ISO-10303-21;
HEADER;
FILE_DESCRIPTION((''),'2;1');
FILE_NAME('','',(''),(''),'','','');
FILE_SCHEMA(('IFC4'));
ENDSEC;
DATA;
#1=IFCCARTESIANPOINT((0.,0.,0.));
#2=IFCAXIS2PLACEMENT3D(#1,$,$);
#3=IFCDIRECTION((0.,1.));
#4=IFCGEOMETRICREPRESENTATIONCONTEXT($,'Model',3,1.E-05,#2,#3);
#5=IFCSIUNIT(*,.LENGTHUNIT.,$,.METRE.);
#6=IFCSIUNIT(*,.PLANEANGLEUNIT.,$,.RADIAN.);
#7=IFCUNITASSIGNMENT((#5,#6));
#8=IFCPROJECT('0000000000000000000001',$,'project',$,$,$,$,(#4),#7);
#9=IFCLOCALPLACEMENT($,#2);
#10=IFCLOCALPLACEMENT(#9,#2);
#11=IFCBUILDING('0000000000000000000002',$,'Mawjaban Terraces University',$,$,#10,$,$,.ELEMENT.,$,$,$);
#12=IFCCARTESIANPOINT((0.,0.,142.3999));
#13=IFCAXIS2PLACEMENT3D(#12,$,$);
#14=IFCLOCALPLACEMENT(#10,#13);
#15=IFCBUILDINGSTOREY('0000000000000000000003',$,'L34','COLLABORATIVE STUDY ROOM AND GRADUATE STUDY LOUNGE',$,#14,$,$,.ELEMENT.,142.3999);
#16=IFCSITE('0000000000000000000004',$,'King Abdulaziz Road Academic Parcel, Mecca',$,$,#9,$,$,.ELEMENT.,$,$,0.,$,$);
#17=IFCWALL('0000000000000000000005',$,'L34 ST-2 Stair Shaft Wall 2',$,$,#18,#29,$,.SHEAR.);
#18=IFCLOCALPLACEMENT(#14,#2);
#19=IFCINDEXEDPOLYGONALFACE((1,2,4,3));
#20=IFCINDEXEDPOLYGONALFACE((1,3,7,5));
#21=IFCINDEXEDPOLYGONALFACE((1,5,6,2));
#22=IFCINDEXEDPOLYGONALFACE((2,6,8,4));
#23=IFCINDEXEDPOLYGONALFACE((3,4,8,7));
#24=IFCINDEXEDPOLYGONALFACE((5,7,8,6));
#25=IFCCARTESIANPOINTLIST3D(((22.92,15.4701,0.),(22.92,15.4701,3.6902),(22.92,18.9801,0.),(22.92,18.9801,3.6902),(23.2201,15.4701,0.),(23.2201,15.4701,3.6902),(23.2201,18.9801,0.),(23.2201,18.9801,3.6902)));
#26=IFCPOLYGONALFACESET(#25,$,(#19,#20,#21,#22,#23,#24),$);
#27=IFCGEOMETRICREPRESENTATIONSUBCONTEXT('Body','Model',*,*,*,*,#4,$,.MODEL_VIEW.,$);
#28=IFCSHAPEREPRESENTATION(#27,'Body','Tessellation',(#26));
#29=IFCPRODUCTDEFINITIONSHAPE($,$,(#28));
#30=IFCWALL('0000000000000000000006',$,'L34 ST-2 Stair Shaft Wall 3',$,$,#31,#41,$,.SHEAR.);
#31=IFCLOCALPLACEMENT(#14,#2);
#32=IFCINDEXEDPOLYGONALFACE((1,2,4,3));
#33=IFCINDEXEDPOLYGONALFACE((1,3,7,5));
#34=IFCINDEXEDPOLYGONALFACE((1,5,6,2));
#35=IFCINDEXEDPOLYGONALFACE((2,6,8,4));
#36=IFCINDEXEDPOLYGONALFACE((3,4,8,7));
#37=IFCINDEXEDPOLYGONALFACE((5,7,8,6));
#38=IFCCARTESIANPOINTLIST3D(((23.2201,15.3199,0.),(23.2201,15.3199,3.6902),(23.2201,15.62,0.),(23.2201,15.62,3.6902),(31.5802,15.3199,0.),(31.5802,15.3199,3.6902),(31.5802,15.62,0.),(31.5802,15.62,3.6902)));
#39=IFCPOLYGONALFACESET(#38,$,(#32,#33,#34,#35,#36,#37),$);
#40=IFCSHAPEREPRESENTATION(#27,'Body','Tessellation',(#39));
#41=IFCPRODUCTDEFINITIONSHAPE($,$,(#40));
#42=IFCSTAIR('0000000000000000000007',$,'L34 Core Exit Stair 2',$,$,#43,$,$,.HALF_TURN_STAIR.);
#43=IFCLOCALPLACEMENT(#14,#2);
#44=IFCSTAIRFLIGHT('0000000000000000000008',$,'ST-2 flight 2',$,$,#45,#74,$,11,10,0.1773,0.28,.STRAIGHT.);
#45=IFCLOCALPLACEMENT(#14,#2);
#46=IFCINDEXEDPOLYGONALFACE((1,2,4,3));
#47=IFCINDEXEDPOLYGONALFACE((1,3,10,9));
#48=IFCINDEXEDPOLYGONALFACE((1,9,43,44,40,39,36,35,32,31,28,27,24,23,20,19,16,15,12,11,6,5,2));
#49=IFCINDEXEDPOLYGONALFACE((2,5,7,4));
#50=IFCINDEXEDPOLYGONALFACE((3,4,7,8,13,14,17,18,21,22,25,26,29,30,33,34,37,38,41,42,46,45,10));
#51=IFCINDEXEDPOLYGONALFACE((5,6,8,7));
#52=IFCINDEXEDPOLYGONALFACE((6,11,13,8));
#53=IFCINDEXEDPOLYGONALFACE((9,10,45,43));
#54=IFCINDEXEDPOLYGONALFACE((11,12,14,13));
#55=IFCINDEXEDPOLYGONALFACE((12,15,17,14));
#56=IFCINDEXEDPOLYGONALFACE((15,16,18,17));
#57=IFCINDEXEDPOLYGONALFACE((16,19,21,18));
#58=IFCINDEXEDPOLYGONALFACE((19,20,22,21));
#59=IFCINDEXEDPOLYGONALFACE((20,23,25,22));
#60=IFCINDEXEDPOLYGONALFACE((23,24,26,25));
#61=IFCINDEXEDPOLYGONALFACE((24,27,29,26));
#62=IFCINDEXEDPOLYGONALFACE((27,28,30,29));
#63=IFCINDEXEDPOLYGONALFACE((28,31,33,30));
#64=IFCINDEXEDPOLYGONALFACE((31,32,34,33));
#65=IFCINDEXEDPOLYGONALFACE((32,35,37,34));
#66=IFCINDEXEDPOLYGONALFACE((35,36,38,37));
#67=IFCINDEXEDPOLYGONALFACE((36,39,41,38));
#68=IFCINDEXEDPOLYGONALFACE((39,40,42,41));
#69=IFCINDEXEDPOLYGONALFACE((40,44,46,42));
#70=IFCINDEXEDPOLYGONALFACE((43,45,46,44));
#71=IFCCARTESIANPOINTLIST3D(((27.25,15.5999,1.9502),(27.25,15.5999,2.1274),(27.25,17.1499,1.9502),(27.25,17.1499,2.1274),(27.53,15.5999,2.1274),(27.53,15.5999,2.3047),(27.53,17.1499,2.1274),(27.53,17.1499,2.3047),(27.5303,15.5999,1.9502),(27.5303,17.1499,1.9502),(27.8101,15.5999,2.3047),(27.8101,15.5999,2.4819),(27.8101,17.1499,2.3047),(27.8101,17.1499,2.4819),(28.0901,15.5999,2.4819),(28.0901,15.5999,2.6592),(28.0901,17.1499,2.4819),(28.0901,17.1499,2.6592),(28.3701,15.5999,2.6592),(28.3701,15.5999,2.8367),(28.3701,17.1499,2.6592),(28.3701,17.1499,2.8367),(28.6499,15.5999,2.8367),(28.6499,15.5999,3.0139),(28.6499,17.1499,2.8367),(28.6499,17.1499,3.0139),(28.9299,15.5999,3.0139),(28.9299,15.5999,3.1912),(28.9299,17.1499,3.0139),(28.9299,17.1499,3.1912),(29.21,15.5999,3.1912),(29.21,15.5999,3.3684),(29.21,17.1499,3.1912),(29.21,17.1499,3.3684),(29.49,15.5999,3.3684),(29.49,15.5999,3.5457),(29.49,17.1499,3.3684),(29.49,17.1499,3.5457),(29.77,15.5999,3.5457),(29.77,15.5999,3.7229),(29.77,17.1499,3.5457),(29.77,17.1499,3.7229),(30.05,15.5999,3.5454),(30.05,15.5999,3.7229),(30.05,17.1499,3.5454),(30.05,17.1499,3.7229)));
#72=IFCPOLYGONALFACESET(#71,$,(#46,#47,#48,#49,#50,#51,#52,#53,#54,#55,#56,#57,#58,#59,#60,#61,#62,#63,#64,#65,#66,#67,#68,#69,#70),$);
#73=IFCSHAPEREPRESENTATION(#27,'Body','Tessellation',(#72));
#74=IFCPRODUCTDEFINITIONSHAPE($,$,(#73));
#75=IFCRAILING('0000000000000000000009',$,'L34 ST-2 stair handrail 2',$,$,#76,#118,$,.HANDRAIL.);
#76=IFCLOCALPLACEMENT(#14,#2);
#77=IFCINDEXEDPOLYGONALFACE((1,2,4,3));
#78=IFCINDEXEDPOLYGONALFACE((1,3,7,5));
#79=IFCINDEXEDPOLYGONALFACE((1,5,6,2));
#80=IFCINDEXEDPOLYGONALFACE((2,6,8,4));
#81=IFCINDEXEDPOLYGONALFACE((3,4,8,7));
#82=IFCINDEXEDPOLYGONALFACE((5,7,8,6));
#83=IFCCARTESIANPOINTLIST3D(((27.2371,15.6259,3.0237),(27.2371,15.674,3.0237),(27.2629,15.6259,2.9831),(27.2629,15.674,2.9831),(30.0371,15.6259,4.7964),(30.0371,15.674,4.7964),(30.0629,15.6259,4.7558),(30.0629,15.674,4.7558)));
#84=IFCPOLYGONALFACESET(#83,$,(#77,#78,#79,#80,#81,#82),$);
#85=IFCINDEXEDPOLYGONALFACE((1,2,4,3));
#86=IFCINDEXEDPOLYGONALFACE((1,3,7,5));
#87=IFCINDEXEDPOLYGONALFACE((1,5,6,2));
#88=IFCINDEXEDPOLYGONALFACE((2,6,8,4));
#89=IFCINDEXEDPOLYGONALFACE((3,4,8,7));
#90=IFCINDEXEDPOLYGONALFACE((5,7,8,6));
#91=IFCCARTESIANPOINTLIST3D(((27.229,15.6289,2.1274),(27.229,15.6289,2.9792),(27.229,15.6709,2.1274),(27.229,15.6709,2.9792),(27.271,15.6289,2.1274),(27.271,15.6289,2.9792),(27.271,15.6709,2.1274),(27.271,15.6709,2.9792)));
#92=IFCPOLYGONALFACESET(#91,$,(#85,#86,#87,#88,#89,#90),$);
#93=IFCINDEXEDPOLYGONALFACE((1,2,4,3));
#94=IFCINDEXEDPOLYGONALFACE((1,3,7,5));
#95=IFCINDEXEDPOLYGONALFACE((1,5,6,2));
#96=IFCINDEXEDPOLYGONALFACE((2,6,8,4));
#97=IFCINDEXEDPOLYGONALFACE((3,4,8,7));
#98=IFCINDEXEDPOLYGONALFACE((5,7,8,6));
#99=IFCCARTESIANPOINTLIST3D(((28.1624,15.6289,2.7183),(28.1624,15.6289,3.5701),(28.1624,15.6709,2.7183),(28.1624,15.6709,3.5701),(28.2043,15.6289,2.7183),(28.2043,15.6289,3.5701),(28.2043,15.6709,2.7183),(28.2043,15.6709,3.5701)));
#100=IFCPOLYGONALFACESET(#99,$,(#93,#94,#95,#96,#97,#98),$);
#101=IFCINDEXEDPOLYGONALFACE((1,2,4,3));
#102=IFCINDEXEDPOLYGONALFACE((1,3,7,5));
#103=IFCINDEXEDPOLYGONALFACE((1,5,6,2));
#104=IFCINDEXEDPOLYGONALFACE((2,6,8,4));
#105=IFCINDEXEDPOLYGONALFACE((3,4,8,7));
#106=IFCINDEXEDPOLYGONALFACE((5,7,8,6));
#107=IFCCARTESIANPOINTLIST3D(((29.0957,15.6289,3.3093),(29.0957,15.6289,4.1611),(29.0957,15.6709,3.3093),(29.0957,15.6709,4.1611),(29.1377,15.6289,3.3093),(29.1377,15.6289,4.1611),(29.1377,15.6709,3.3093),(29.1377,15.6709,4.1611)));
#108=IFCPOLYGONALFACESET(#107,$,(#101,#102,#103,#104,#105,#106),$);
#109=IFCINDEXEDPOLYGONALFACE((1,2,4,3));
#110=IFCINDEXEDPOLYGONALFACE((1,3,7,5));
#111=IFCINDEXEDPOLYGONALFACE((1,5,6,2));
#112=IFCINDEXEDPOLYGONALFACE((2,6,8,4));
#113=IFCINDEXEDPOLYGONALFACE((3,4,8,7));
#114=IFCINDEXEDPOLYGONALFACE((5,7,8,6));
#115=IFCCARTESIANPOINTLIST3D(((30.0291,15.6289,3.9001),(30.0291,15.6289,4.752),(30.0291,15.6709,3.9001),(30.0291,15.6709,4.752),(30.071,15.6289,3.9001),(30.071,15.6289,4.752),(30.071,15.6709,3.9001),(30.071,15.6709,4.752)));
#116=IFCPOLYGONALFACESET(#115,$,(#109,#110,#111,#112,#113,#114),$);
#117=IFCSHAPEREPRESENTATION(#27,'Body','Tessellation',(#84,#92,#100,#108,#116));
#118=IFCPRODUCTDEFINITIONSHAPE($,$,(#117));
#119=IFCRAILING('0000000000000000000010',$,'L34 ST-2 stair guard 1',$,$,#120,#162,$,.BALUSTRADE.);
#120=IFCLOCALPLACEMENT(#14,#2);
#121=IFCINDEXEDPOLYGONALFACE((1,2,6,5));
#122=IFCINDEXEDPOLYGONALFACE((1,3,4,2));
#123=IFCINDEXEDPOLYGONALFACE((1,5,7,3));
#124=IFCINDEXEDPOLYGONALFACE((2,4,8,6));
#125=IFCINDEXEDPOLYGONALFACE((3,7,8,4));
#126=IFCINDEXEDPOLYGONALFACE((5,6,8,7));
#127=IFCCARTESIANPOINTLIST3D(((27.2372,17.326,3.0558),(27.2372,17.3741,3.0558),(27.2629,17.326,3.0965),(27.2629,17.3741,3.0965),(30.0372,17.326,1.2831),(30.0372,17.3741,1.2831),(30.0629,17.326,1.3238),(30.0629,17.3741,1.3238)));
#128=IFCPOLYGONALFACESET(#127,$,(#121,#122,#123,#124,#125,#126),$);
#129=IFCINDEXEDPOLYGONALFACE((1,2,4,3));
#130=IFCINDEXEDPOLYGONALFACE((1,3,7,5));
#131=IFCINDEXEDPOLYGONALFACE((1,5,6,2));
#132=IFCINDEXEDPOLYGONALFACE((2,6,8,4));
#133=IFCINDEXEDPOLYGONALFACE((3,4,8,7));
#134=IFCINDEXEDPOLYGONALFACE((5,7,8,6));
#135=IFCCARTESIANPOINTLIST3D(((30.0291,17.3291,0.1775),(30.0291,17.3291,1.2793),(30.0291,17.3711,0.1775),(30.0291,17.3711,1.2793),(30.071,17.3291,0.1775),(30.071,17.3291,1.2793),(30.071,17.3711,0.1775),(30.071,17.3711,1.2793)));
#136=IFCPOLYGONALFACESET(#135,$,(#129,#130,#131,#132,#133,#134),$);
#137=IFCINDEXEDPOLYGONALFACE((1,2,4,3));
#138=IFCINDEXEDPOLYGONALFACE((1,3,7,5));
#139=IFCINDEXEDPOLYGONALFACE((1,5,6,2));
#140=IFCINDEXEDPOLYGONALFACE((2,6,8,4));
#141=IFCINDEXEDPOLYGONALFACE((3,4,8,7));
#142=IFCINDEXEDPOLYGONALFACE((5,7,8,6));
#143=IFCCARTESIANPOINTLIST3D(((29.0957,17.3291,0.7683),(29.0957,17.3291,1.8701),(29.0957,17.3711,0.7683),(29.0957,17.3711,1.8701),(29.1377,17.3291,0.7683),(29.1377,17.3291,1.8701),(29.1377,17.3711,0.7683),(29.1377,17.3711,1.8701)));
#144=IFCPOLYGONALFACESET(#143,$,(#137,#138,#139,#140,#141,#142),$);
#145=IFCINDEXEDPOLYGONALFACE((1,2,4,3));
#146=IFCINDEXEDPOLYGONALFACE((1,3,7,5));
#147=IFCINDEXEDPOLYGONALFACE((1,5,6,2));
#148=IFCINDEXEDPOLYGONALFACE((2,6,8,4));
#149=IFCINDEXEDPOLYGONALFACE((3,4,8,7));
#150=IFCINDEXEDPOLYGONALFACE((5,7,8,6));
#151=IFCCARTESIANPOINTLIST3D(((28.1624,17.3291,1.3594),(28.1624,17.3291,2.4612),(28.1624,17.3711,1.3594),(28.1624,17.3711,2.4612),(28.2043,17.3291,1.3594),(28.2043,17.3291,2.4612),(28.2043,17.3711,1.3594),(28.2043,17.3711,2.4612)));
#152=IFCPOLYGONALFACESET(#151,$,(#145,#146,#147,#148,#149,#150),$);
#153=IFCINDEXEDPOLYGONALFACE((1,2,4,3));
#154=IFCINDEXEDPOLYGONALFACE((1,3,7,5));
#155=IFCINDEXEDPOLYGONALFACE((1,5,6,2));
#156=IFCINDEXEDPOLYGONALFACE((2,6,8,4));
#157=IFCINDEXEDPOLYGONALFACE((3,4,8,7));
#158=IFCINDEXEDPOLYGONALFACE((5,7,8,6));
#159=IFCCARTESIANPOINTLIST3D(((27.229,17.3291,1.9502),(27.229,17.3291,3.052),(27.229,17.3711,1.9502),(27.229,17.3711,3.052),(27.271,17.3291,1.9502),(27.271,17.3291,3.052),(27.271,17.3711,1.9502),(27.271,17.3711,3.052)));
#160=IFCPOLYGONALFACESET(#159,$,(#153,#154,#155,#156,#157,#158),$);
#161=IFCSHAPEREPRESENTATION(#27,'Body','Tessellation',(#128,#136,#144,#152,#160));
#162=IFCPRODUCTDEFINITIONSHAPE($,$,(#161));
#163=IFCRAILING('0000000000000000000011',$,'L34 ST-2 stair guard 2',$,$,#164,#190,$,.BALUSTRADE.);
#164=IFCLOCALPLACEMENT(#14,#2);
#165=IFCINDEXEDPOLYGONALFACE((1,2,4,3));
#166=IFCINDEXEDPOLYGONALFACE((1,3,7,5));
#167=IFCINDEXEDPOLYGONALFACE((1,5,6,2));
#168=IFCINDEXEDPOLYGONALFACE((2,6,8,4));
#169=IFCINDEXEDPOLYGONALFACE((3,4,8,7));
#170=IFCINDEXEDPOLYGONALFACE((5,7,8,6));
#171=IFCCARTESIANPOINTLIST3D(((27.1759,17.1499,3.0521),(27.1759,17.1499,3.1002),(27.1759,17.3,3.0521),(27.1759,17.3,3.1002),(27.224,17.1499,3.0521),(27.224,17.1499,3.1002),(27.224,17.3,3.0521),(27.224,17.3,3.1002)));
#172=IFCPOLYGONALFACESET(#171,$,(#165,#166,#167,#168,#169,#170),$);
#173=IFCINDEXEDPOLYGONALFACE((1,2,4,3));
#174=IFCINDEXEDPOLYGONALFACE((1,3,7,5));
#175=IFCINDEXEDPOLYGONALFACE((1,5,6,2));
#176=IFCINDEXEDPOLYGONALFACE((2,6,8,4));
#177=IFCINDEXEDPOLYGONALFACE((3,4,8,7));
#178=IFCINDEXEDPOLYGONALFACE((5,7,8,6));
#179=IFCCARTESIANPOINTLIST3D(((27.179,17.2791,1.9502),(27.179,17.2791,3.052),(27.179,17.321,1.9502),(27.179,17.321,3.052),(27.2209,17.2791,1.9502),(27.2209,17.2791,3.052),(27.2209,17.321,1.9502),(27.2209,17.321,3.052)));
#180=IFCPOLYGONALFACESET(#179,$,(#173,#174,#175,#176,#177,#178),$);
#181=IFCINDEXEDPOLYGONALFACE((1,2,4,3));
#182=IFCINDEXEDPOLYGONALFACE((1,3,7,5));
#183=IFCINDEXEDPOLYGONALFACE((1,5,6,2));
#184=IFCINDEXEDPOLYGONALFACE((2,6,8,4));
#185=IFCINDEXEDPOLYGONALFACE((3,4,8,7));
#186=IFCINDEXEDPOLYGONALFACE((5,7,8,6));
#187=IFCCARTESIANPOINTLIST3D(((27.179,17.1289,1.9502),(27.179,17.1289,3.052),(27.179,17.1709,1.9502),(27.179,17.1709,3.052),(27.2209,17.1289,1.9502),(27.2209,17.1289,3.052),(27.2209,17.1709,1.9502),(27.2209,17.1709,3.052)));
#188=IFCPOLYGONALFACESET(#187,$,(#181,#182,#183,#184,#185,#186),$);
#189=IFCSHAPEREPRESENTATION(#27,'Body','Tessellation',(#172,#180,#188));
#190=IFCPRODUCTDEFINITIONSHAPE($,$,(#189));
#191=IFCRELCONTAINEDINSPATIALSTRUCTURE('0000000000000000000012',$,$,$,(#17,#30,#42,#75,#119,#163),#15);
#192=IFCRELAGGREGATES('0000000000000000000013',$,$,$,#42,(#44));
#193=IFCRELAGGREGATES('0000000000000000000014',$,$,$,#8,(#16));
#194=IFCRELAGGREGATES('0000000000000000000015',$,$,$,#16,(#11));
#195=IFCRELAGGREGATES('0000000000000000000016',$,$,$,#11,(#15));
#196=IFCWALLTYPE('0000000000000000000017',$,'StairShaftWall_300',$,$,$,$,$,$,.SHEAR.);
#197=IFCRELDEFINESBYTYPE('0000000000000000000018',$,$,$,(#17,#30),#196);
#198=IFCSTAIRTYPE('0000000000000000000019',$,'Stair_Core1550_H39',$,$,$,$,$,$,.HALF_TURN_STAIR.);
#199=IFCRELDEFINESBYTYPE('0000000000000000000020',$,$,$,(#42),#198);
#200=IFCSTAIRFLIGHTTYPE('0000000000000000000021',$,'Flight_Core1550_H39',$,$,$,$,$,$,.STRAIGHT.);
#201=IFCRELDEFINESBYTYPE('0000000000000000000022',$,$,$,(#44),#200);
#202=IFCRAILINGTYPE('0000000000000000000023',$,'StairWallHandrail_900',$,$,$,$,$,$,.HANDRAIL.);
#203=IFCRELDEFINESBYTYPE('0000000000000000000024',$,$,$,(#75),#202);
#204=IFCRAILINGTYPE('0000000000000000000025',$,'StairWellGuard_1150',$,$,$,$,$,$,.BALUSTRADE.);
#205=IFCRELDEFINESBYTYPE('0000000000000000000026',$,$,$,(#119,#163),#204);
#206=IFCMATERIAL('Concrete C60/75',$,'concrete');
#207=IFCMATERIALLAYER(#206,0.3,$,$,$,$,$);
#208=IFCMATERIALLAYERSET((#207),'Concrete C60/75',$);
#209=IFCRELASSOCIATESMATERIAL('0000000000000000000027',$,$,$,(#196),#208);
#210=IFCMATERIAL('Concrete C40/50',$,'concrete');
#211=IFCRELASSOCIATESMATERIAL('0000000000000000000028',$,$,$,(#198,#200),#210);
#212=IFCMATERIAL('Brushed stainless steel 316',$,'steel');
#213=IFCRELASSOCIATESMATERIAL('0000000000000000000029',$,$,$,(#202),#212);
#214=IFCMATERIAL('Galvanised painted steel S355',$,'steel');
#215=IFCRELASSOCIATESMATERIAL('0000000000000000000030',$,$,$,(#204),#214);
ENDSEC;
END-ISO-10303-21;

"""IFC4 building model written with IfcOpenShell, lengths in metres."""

from ifc_helpers import new_model, si_unit, direction, frame, frame_2d, origin, origin_2d, place, context, subcontext, project, spatial, polyline, rectangle, outline, extrude, material, layer, layer_set, type_object, element, aggregate, save


model = new_model("IFC4")

# Units and contexts
model_context = context("Model", 3, precision=1e-05, world=origin(), true_north=direction((0.0, 1.0)))
body_context = subcontext(model_context, "Body", "Model", "MODEL_VIEW")
ifc_project = project(units=[si_unit("LENGTHUNIT", "METRE"), si_unit("PLANEANGLEUNIT", "RADIAN")], contexts=[model_context])

# Site, building, storey
site_placement = place(None, origin())
site = spatial("IfcSite", under=ifc_project, at=site_placement, Name="King Abdulaziz Road Academic Parcel, Mecca", CompositionType="ELEMENT", RefElevation=0.0)
building_placement = place(site_placement, origin())
building = spatial("IfcBuilding", under=site, at=building_placement, Name="Mawjaban Terraces University", CompositionType="ELEMENT")
storey_placement = place(building_placement, frame((0.0, 0.0, 142.3999)))
storey = spatial("IfcBuildingStorey", under=building, at=storey_placement, Name="L34", Description="COLLABORATIVE STUDY ROOM AND GRADUATE STUDY LOUNGE", CompositionType="ELEMENT", Elevation=142.3999)

# Shared definitions
ifc_material_1 = material(Name="Concrete C60/75", Category="concrete")

# Walls
ifc_material_2 = material(Name="Concrete C40/50", Category="concrete")
ifc_layer_1 = layer(ifc_material_1, 0.3)
ifc_layer_set_1 = layer_set([ifc_layer_1], Name="Concrete C60/75")
wall_type_1 = type_object("IfcWallType", Name="StairShaftWall_300", PredefinedType="SHEAR", material=ifc_layer_set_1)
wall_1_placement = place(storey_placement, frame((23.0701, 18.98, 0.0), z_axis=(0.0, 0.0, 1.0), x_axis=(0.0, -1.0, 0.0)))
element("IfcWall", 1, at=wall_1_placement, inside=storey, type_object=wall_type_1, Name="L34 ST-2 Stair Shaft Wall 2", PredefinedType="SHEAR", context=body_context, shape_type="SweptSolid", body=[
    extrude(rectangle(XDim=3.51, YDim=0.3, at=frame_2d((1.7549, 0.0))), origin(), (0.0, 0.0, 1.0), 3.6902),
])
wall_2_placement = place(storey_placement, frame((23.22, 15.47, 0.0), z_axis=(0.0, 0.0, 1.0), x_axis=(1.0, 0.0, 0.0)))
element("IfcWall", 2, at=wall_2_placement, inside=storey, type_object=wall_type_1, Name="L34 ST-2 Stair Shaft Wall 3", PredefinedType="SHEAR", context=body_context, shape_type="SweptSolid", body=[
    extrude(rectangle(XDim=8.3601, YDim=0.3, at=frame_2d((4.1802, 0.0))), origin(), (0.0, 0.0, 1.0), 3.6902),
])

# Stair, stair flight
stair_type = type_object("IfcStairType", Name="Stair_Core1550_H39", PredefinedType="HALF_TURN_STAIR", material=ifc_material_2)
stair_placement = place(storey_placement, origin())
stair = element("IfcStair", 3, at=stair_placement, inside=storey, type_object=stair_type, Name="L34 Core Exit Stair 2", PredefinedType="HALF_TURN_STAIR")
stair_flight_type = type_object("IfcStairFlightType", Name="Flight_Core1550_H39", PredefinedType="STRAIGHT", material=ifc_material_2)
stair_flight_placement = place(storey_placement, frame((27.25, 16.375, 1.9502), z_axis=(0.0, 0.0, 1.0), x_axis=(1.0, 0.0, 0.0)))
stair_flight = element("IfcStairFlight", 4, at=stair_flight_placement, type_object=stair_flight_type, Name="ST-2 flight 2", NumberOfRisers=11, NumberOfTreads=10, PredefinedType="STRAIGHT", RiserHeight=0.1773, TreadLength=0.28, context=body_context, shape_type="SweptSolid", body=[
    extrude(outline(polyline([(0.0, 0.0), (0.0, 0.1772), (0.28, 0.1772), (0.28, 0.3545), (0.5601, 0.3545), (0.5601, 0.5317), (0.8401, 0.5317), (0.8401, 0.709), (1.1201, 0.709), (1.1201, 0.8865), (1.3999, 0.8865), (1.3999, 1.0637), (1.6799, 1.0637), (1.6799, 1.241), (1.96, 1.241), (1.96, 1.4182), (2.24, 1.4182), (2.24, 1.5955), (2.52, 1.5955), (2.52, 1.7727), (2.8, 1.7727), (2.8, 1.95), (2.8, 1.5952), (0.2803, 0.0), (0.0, 0.0)])), frame((0.0, 0.7749, 0.0), z_axis=(0.0, -1.0, 0.0), x_axis=(1.0, 0.0, 0.0)), (0.0, 0.0, 1.0), 1.55),
])
aggregate(stair, [stair_flight])

# Railings
ifc_material_3 = material(Name="Brushed stainless steel 316", Category="steel")
railing_type_1 = type_object("IfcRailingType", Name="StairWallHandrail_900", PredefinedType="HANDRAIL", material=ifc_material_3)
railing_1_placement = place(storey_placement, frame((27.25, 15.6499, 2.1274)))
element("IfcRailing", 5, at=railing_1_placement, inside=storey, type_object=railing_type_1, Name="L34 ST-2 stair handrail 2", PredefinedType="HANDRAIL", context=body_context, shape_type="SweptSolid", body=[
    extrude(rectangle(XDim=0.0481, YDim=0.0481, at=origin_2d()), frame((0.0, 0.0, 0.876), z_axis=(0.844909, 0.0, 0.53491), x_axis=(0.0, 1.0, 0.0)), (0.0, 0.0, 1.0), 3.314),
    extrude(rectangle(XDim=0.042, YDim=0.042, at=origin_2d()), origin(), (0.0, 0.0, 1.0), 0.8518),
    extrude(rectangle(XDim=0.042, YDim=0.042, at=origin_2d()), frame((0.9333, 0.0, 0.5908)), (0.0, 0.0, 1.0), 0.8518),
    extrude(rectangle(XDim=0.042, YDim=0.042, at=origin_2d()), frame((1.8667, 0.0, 1.1819)), (0.0, 0.0, 1.0), 0.8518),
    extrude(rectangle(XDim=0.042, YDim=0.042, at=origin_2d()), frame((2.8, 0.0, 1.7727)), (0.0, 0.0, 1.0), 0.8518),
])
ifc_material_4 = material(Name="Galvanised painted steel S355", Category="steel")
railing_type_2 = type_object("IfcRailingType", Name="StairWellGuard_1150", PredefinedType="BALUSTRADE", material=ifc_material_4)
railing_2_placement = place(storey_placement, frame((30.05, 17.3501, 0.1775)))
element("IfcRailing", 6, at=railing_2_placement, inside=storey, type_object=railing_type_2, Name="L34 ST-2 stair guard 1", PredefinedType="BALUSTRADE", context=body_context, shape_type="SweptSolid", body=[
    extrude(rectangle(XDim=0.0481, YDim=0.0481, at=origin_2d()), frame((0.0, 0.0, 1.126), z_axis=(-0.844909, 0.0, 0.53491), x_axis=(0.0, -1.0, 0.0)), (0.0, 0.0, 1.0), 3.314),
    extrude(rectangle(XDim=0.042, YDim=0.042, at=origin_2d()), origin(), (0.0, 0.0, 1.0), 1.1018),
    extrude(rectangle(XDim=0.042, YDim=0.042, at=origin_2d()), frame((-0.9333, 0.0, 0.5908)), (0.0, 0.0, 1.0), 1.1018),
    extrude(rectangle(XDim=0.042, YDim=0.042, at=origin_2d()), frame((-1.8667, 0.0, 1.1819)), (0.0, 0.0, 1.0), 1.1018),
    extrude(rectangle(XDim=0.042, YDim=0.042, at=origin_2d()), frame((-2.8, 0.0, 1.7727)), (0.0, 0.0, 1.0), 1.1018),
])
railing_3_placement = place(storey_placement, frame((27.2, 17.3, 1.9502)))
element("IfcRailing", 7, at=railing_3_placement, inside=storey, type_object=railing_type_2, Name="L34 ST-2 stair guard 2", PredefinedType="BALUSTRADE", context=body_context, shape_type="SweptSolid", body=[
    extrude(rectangle(XDim=0.0481, YDim=0.0481, at=origin_2d()), frame((0.0, 0.0, 1.126), z_axis=(0.0, -1.0, 0.0), x_axis=(1.0, 0.0, 0.0)), (0.0, 0.0, 1.0), 0.1501),
    extrude(rectangle(XDim=0.042, YDim=0.042, at=origin_2d()), origin(), (0.0, 0.0, 1.0), 1.1018),
    extrude(rectangle(XDim=0.042, YDim=0.042, at=origin_2d()), frame((0.0, -0.1501, 0.0)), (0.0, 0.0, 1.0), 1.1018),
])

save(model, "model.ifc")
